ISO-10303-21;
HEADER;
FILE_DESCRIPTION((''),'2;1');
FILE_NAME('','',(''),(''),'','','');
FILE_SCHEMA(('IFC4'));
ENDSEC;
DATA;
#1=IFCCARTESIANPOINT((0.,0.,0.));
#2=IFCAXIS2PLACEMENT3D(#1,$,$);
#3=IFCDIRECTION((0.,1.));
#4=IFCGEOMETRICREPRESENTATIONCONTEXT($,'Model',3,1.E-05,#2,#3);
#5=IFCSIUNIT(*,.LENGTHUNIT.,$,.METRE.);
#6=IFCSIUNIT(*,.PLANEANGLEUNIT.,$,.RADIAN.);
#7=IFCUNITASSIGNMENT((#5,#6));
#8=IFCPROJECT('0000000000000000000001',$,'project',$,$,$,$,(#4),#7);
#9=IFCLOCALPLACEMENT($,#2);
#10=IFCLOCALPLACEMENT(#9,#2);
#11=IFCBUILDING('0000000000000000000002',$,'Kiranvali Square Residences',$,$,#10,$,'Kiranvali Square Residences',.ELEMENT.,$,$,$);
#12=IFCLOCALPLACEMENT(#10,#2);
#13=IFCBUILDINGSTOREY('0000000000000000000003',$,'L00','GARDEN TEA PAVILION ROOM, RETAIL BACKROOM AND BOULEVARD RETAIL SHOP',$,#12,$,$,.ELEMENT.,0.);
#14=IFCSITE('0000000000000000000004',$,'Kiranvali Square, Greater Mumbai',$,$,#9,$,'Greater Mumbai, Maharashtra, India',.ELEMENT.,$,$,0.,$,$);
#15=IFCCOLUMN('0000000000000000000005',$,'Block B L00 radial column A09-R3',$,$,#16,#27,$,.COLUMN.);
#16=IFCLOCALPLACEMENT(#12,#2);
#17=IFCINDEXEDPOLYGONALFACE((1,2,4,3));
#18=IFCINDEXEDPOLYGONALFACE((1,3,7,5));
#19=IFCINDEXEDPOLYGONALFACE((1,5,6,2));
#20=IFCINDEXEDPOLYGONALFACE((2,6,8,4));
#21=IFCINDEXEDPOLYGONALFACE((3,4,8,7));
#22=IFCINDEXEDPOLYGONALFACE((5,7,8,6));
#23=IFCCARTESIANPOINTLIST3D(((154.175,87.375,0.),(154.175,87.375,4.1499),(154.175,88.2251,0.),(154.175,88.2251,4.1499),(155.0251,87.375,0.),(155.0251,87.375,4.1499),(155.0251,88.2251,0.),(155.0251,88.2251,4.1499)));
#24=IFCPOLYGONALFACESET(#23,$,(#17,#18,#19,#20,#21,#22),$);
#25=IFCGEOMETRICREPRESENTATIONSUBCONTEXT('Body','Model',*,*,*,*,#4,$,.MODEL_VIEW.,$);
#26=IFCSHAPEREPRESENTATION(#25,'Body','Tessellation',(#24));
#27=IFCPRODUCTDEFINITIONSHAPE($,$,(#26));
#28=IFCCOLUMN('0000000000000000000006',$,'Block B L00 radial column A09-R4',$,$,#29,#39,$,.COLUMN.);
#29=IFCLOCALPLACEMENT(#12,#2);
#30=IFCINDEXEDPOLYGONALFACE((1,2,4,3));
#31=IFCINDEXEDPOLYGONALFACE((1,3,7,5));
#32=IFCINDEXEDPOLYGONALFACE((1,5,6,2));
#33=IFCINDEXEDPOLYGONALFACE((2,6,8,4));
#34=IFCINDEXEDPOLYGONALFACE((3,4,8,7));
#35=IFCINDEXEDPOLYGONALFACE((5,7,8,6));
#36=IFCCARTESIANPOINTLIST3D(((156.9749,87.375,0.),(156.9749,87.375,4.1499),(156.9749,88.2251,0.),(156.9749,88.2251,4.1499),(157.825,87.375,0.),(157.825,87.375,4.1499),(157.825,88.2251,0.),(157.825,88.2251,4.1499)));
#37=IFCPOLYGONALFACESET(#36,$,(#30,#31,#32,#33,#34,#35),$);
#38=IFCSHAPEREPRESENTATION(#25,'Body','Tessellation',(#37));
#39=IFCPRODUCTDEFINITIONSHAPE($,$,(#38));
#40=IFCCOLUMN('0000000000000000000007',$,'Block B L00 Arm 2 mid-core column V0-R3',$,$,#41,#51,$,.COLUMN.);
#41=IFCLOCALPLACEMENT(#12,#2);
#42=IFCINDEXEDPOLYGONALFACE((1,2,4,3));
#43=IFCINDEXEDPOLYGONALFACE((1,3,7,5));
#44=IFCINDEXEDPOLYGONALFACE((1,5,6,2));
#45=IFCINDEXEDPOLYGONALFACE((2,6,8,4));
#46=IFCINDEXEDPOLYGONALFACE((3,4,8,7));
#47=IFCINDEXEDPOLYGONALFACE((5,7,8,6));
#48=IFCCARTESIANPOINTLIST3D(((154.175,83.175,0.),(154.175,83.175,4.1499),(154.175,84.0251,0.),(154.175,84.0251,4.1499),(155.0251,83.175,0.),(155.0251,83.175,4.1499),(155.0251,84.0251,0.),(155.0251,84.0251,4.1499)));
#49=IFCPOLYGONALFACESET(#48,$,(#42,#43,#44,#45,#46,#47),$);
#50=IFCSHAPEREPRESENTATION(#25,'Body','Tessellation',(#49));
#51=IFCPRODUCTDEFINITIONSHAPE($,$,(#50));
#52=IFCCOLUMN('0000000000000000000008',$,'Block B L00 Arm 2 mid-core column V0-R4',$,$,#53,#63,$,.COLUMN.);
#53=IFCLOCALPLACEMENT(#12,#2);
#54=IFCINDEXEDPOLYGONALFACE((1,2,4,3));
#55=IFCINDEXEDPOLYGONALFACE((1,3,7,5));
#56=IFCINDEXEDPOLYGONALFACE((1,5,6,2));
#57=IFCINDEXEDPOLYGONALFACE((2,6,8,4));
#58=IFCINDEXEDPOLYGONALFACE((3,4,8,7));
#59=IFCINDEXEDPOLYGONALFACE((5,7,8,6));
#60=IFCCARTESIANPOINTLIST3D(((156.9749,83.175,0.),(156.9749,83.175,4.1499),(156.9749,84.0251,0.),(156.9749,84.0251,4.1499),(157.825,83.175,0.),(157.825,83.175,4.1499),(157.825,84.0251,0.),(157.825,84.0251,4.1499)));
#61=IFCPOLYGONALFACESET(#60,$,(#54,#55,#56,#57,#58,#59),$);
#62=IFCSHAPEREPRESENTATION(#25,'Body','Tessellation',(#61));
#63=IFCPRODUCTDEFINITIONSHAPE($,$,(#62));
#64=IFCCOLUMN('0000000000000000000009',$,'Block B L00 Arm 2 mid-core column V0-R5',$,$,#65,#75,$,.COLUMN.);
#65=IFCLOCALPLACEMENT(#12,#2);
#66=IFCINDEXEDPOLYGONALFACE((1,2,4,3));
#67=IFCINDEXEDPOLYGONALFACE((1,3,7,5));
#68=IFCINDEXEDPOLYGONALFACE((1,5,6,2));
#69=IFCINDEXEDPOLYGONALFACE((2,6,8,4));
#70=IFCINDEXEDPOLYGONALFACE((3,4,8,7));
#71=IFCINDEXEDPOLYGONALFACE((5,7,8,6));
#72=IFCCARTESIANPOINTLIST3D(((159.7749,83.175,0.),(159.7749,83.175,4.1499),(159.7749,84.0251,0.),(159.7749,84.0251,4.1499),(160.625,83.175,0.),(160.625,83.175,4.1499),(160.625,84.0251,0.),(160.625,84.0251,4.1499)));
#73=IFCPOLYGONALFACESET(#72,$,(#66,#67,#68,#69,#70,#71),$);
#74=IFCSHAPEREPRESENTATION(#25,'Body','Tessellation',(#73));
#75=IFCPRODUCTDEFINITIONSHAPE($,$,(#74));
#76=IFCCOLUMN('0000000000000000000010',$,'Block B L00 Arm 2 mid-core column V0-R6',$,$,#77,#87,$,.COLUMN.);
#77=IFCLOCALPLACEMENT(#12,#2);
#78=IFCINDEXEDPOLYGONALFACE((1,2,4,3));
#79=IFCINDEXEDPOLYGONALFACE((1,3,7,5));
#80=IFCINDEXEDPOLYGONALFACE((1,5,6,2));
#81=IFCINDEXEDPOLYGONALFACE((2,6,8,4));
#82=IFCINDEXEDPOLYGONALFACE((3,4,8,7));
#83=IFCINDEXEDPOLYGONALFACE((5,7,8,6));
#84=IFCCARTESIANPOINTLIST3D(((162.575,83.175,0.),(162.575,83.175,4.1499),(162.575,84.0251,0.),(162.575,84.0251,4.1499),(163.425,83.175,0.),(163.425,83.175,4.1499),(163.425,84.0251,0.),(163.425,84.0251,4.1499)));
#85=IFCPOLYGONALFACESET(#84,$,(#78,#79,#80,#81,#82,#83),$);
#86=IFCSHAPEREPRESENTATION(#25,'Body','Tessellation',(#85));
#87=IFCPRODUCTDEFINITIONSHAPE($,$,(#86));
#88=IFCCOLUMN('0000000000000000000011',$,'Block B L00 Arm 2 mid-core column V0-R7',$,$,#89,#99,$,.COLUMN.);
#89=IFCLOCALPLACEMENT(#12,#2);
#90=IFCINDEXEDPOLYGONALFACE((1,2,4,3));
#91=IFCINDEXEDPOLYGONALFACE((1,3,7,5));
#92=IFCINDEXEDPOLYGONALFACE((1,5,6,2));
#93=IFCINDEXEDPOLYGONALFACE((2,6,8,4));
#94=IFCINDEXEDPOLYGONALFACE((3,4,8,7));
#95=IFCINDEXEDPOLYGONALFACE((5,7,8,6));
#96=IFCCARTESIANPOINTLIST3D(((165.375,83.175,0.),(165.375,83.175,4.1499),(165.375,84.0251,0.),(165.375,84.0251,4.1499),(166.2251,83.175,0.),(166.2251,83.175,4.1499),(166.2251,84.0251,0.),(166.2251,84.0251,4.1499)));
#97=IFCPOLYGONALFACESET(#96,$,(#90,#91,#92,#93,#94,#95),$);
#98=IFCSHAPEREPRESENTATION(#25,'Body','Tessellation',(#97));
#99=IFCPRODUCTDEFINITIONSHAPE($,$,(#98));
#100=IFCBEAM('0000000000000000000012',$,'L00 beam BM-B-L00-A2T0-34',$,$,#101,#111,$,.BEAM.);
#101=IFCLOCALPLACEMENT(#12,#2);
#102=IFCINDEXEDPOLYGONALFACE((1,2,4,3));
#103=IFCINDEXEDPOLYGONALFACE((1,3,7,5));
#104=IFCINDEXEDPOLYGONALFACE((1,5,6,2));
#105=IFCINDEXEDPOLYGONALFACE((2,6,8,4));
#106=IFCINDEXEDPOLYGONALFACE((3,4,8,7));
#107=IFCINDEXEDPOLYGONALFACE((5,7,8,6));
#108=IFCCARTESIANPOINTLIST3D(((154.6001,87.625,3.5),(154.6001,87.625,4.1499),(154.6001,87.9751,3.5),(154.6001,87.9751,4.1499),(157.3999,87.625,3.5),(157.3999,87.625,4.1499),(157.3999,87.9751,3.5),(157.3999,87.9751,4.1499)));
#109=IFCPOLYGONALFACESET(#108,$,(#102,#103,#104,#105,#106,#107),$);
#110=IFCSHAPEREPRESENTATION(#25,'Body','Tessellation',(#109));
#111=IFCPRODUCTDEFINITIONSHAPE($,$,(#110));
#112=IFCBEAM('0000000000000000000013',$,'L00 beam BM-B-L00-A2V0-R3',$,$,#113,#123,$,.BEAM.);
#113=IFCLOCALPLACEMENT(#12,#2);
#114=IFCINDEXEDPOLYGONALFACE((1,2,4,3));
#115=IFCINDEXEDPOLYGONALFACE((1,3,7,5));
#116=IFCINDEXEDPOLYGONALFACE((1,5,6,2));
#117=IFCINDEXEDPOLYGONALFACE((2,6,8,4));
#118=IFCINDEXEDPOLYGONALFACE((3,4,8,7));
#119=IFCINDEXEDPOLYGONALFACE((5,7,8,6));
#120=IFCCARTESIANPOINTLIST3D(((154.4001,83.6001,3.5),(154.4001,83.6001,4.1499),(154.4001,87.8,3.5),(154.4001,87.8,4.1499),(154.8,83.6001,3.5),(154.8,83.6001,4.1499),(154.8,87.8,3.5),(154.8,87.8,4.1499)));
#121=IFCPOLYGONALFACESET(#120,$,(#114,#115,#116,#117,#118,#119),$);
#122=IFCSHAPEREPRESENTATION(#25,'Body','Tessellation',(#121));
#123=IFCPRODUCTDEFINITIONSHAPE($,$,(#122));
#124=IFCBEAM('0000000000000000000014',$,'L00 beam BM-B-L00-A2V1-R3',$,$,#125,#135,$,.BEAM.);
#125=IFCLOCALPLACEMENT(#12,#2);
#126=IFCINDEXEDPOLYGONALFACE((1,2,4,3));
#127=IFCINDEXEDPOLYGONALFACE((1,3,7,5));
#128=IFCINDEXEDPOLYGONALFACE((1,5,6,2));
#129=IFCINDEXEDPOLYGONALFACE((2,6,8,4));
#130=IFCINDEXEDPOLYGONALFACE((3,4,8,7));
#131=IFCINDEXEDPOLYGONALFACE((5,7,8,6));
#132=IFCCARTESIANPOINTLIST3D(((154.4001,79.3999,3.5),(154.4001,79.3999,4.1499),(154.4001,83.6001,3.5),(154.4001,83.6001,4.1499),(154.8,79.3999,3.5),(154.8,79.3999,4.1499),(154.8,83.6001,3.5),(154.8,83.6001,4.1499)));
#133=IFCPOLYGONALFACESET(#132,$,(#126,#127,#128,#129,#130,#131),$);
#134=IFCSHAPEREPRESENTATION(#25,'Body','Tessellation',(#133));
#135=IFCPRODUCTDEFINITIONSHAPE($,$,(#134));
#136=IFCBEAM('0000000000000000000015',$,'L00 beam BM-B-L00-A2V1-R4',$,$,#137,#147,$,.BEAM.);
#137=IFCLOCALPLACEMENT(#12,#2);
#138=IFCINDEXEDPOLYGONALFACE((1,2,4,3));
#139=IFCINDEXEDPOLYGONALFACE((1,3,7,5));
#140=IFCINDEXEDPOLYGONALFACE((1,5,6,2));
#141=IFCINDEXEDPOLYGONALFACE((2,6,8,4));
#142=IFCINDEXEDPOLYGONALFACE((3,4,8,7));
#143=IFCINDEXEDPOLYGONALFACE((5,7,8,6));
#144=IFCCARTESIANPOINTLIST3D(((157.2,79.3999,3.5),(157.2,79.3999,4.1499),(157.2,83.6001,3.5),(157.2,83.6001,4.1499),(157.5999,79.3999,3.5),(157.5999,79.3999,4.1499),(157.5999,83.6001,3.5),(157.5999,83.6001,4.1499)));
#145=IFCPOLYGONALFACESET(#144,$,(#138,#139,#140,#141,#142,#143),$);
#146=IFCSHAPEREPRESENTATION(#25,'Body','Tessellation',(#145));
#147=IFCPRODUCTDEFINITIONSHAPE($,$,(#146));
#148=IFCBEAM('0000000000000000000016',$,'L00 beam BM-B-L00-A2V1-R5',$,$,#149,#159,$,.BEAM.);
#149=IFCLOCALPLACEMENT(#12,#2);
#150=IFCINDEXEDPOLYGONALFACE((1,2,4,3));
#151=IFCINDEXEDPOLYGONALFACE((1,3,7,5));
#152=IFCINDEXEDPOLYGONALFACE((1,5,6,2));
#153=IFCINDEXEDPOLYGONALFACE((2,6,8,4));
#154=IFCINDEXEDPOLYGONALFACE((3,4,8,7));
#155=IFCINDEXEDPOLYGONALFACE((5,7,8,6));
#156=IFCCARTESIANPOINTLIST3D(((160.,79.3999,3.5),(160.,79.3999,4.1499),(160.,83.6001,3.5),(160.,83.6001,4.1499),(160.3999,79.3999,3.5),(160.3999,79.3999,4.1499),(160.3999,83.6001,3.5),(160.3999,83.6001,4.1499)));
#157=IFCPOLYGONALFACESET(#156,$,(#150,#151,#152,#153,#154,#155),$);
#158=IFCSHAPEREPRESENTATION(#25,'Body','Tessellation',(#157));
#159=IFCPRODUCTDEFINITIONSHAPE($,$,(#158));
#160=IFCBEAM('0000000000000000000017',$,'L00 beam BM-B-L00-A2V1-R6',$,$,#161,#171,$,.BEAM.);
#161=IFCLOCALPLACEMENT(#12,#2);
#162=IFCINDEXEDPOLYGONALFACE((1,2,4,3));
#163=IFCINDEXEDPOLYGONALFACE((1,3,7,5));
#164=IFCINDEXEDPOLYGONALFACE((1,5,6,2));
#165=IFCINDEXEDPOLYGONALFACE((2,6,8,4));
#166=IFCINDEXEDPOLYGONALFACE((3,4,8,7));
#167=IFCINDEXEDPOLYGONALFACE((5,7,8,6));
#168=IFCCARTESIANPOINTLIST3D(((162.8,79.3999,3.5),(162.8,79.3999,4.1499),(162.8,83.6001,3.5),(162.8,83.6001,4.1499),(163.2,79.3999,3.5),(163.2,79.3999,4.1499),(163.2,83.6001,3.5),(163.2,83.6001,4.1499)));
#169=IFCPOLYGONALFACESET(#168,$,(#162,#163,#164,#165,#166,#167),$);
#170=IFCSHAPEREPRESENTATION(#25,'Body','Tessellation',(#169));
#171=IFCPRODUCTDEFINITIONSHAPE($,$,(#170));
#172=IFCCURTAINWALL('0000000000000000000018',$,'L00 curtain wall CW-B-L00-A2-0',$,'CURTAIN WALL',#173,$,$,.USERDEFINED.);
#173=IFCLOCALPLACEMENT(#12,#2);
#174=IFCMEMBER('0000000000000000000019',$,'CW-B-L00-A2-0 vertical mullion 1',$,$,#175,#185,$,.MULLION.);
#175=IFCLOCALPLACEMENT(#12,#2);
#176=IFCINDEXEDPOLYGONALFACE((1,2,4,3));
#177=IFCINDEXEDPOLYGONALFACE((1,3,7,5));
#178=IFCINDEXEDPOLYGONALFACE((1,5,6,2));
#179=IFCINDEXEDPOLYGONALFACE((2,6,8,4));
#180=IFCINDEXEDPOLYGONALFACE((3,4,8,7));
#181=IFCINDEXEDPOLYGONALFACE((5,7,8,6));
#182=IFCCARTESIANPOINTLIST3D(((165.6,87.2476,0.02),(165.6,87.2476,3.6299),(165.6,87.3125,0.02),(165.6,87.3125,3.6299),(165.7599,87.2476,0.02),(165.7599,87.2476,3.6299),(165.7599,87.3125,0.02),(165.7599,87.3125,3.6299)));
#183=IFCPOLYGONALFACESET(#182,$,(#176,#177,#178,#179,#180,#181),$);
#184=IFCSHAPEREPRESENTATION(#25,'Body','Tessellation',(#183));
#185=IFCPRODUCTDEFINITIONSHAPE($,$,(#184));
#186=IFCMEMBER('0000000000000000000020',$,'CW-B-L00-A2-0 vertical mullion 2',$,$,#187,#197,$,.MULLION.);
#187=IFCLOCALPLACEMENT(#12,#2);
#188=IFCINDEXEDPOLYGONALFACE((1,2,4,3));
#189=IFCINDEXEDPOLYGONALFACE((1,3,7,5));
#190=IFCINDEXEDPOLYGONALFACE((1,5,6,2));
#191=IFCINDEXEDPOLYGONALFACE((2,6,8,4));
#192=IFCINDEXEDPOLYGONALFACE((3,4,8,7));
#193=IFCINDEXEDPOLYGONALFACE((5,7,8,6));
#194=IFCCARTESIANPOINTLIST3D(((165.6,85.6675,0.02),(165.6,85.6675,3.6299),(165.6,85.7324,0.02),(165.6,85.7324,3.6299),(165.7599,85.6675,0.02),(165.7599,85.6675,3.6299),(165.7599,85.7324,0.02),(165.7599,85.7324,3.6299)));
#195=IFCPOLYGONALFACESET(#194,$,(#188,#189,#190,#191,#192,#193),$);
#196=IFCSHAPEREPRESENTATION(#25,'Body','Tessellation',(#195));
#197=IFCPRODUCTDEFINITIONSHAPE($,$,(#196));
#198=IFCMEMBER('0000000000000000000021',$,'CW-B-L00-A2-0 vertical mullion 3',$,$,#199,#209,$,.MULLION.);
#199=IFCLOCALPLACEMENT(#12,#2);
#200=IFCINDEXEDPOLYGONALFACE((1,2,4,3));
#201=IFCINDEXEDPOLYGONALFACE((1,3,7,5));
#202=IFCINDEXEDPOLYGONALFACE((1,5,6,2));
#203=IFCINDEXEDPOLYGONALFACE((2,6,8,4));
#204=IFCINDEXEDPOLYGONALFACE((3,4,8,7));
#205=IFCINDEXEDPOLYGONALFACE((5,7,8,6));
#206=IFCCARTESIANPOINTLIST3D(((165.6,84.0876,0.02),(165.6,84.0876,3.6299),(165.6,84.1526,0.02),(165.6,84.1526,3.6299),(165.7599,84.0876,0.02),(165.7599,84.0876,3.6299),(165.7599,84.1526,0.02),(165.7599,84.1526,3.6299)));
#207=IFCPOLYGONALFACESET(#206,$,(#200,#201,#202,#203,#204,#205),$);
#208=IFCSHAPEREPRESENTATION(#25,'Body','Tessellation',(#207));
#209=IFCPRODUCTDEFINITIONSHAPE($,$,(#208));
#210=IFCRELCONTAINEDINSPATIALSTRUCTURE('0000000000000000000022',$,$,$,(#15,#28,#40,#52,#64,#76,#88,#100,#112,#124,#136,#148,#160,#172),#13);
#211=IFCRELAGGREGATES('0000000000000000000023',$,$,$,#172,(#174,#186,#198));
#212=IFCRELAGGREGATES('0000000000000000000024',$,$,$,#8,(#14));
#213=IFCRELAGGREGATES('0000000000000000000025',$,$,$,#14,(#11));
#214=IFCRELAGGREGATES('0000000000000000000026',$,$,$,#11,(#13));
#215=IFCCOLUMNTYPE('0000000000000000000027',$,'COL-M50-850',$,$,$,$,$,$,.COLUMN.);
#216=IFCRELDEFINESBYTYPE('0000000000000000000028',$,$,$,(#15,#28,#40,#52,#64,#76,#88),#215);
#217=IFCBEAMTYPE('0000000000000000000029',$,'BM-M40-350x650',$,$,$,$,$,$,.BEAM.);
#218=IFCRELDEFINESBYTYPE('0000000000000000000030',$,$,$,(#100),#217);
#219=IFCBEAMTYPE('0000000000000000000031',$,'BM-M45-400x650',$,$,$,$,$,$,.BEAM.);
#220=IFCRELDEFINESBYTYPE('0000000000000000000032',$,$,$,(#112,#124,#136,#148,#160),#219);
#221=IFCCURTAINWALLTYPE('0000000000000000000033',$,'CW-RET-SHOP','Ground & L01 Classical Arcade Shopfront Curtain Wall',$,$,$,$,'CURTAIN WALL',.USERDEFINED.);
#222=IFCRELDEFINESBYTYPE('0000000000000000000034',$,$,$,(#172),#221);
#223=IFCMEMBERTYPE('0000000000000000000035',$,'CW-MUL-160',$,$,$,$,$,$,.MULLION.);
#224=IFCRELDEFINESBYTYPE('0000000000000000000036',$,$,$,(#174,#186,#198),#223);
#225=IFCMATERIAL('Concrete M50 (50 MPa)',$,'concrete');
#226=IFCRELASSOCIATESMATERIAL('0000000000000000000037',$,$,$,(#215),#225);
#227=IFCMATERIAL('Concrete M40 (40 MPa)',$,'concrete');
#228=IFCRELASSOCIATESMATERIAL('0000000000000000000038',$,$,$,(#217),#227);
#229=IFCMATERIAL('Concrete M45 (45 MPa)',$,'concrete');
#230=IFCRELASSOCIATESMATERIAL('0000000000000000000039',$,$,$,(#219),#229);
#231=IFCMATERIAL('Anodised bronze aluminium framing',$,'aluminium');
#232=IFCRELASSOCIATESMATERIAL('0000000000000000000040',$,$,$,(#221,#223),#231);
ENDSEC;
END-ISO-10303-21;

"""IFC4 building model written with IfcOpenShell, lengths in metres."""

from ifc_helpers import new_model, si_unit, direction, frame, origin, origin_2d, place, context, subcontext, project, spatial, rectangle, extrude, material, material_profile, profile_set, type_object, element, aggregate, save


model = new_model("IFC4")

# Units and contexts
model_context = context("Model", 3, precision=1e-05, world=origin(), true_north=direction((0.0, 1.0)))
body_context = subcontext(model_context, "Body", "Model", "MODEL_VIEW")
ifc_project = project(units=[si_unit("LENGTHUNIT", "METRE"), si_unit("PLANEANGLEUNIT", "RADIAN")], contexts=[model_context])

# Site, building, storey
site_placement = place(None, origin())
site = spatial("IfcSite", under=ifc_project, at=site_placement, Name="Kiranvali Square, Greater Mumbai", LongName="Greater Mumbai, Maharashtra, India", CompositionType="ELEMENT", RefElevation=0.0)
building_placement = place(site_placement, origin())
building = spatial("IfcBuilding", under=site, at=building_placement, Name="Kiranvali Square Residences", LongName="Kiranvali Square Residences", CompositionType="ELEMENT")
storey_placement = place(building_placement, origin())
storey = spatial("IfcBuildingStorey", under=building, at=storey_placement, Name="L00", Description="GARDEN TEA PAVILION ROOM, RETAIL BACKROOM AND BOULEVARD RETAIL SHOP", CompositionType="ELEMENT", Elevation=0.0)

# Columns
ifc_material_1 = material(Name="Concrete M50 (50 MPa)", Category="concrete")
ifc_material_profile_1 = material_profile(ifc_material_1, rectangle(XDim=0.8501, YDim=0.8501, at=origin_2d()), Name="RC 850x850")
ifc_profile_set_1 = profile_set([ifc_material_profile_1], Name="Concrete M50 (50 MPa)")
column_type = type_object("IfcColumnType", Name="COL-M50-850", PredefinedType="COLUMN", material=ifc_profile_set_1)
for number, where, z_axis, x_axis, name in (
    (1, (154.6001, 87.8, 0.0), (0.0, 0.0, 1.0), (0.0, 1.0, 0.0), "Block B L00 radial column A09-R3"),
    (2, (157.3999, 87.8, 0.0), (0.0, 0.0, 1.0), (0.0, 1.0, 0.0), "Block B L00 radial column A09-R4"),
    (3, (154.6001, 83.6001, 0.0), (0.0, 0.0, 1.0), (1.0, 0.0, 0.0), "Block B L00 Arm 2 mid-core column V0-R3"),
    (4, (157.3999, 83.6001, 0.0), (0.0, 0.0, 1.0), (1.0, 0.0, 0.0), "Block B L00 Arm 2 mid-core column V0-R4"),
    (5, (160.2, 83.6001, 0.0), (0.0, 0.0, 1.0), (1.0, 0.0, 0.0), "Block B L00 Arm 2 mid-core column V0-R5"),
    (6, (163.0, 83.6001, 0.0), (0.0, 0.0, 1.0), (1.0, 0.0, 0.0), "Block B L00 Arm 2 mid-core column V0-R6"),
    (7, (165.8, 83.6001, 0.0), (0.0, 0.0, 1.0), (1.0, 0.0, 0.0), "Block B L00 Arm 2 mid-core column V0-R7"),
):
    element("IfcColumn", number, at=place(storey_placement, frame(where, z_axis=z_axis, x_axis=x_axis)), inside=storey, type_object=column_type, Name=name, PredefinedType="COLUMN", context=body_context, shape_type="SweptSolid", body=[
        extrude(rectangle(XDim=0.8501, YDim=0.8501, at=origin_2d()), origin(), (0.0, 0.0, 1.0), 4.1499),
    ])

# Beams
ifc_material_2 = material(Name="Concrete M40 (40 MPa)", Category="concrete")
ifc_material_profile_2 = material_profile(ifc_material_2, rectangle(XDim=0.3501, YDim=0.6499, at=origin_2d()), Name="RC 350x650")
ifc_profile_set_2 = profile_set([ifc_material_profile_2], Name="Concrete M40 (40 MPa)")
beam_type_1 = type_object("IfcBeamType", Name="BM-M40-350x650", PredefinedType="BEAM", material=ifc_profile_set_2)
beam_1_placement = place(storey_placement, frame((154.6001, 87.8, 3.825), z_axis=(1.0, 0.0, 0.0), x_axis=(0.0, 1.0, 0.0)))
element("IfcBeam", 8, at=beam_1_placement, inside=storey, type_object=beam_type_1, Name="L00 beam BM-B-L00-A2T0-34", PredefinedType="BEAM", context=body_context, shape_type="SweptSolid", body=[
    extrude(rectangle(XDim=0.3501, YDim=0.6499, at=origin_2d()), origin(), (0.0, 0.0, 1.0), 2.7998),
])
ifc_material_3 = material(Name="Concrete M45 (45 MPa)", Category="concrete")
ifc_material_profile_3 = material_profile(ifc_material_3, rectangle(XDim=0.3999, YDim=0.6499, at=origin_2d()), Name="RC 400x650")
ifc_profile_set_3 = profile_set([ifc_material_profile_3], Name="Concrete M45 (45 MPa)")
beam_type_2 = type_object("IfcBeamType", Name="BM-M45-400x650", PredefinedType="BEAM", material=ifc_profile_set_3)
beam_2_placement = place(storey_placement, frame((154.6001, 87.8, 3.825), z_axis=(0.0, -1.0, 0.0), x_axis=(1.0, 0.0, 0.0)))
element("IfcBeam", 9, at=beam_2_placement, inside=storey, type_object=beam_type_2, Name="L00 beam BM-B-L00-A2V0-R3", PredefinedType="BEAM", context=body_context, shape_type="SweptSolid", body=[
    extrude(rectangle(XDim=0.3999, YDim=0.6499, at=origin_2d()), origin(), (0.0, 0.0, 1.0), 4.2),
])
for number, where, z_axis, x_axis, name in (
    (10, (154.6001, 83.6001, 3.825), (0.0, -1.0, 0.0), (1.0, 0.0, 0.0), "L00 beam BM-B-L00-A2V1-R3"),
    (11, (157.3999, 83.6001, 3.825), (0.0, -1.0, 0.0), (1.0, 0.0, 0.0), "L00 beam BM-B-L00-A2V1-R4"),
    (12, (160.2, 83.6001, 3.825), (0.0, -1.0, 0.0), (1.0, 0.0, 0.0), "L00 beam BM-B-L00-A2V1-R5"),
    (13, (163.0, 83.6001, 3.825), (0.0, -1.0, 0.0), (1.0, 0.0, 0.0), "L00 beam BM-B-L00-A2V1-R6"),
):
    element("IfcBeam", number, at=place(storey_placement, frame(where, z_axis=z_axis, x_axis=x_axis)), inside=storey, type_object=beam_type_2, Name=name, PredefinedType="BEAM", context=body_context, shape_type="SweptSolid", body=[
        extrude(rectangle(XDim=0.3999, YDim=0.6499, at=origin_2d()), origin(), (0.0, 0.0, 1.0), 4.2002),
    ])

# Curtain wall, members
ifc_material_4 = material(Name="Anodised bronze aluminium framing", Category="aluminium")
curtain_wall_type = type_object("IfcCurtainWallType", Name="CW-RET-SHOP", Description="Ground & L01 Classical Arcade Shopfront Curtain Wall", ElementType="CURTAIN WALL", PredefinedType="USERDEFINED", material=ifc_material_4)
curtain_wall_1_placement = place(storey_placement, origin())
curtain_wall_1 = element("IfcCurtainWall", 14, at=curtain_wall_1_placement, inside=storey, type_object=curtain_wall_type, Name="L00 curtain wall CW-B-L00-A2-0", ObjectType="CURTAIN WALL", PredefinedType="USERDEFINED")
ifc_material_profile_4 = material_profile(ifc_material_4, rectangle(XDim=0.0649, YDim=0.1599, at=origin_2d()), Name="ALU 65x160")
ifc_profile_set_4 = profile_set([ifc_material_profile_4], Name="Anodised bronze aluminium framing")
member_type_1 = type_object("IfcMemberType", Name="CW-MUL-160", PredefinedType="MULLION", material=ifc_profile_set_4)
member_1_placement = place(storey_placement, frame((165.6799, 87.28, 0.02), z_axis=(0.0, 0.0, 1.0), x_axis=(0.0, -1.0, 0.0)))
member_1 = element("IfcMember", 15, at=member_1_placement, type_object=member_type_1, Name="CW-B-L00-A2-0 vertical mullion 1", PredefinedType="MULLION", context=body_context, shape_type="SweptSolid", body=[
    extrude(rectangle(XDim=0.0649, YDim=0.1599, at=origin_2d()), origin(), (0.0, 0.0, 1.0), 3.6099),
])
member_2_placement = place(storey_placement, frame((165.6799, 85.7, 0.02), z_axis=(0.0, 0.0, 1.0), x_axis=(0.0, -1.0, 0.0)))
member_2 = element("IfcMember", 16, at=member_2_placement, type_object=member_type_1, Name="CW-B-L00-A2-0 vertical mullion 2", PredefinedType="MULLION", context=body_context, shape_type="SweptSolid", body=[
    extrude(rectangle(XDim=0.0649, YDim=0.1599, at=origin_2d()), origin(), (0.0, 0.0, 1.0), 3.6099),
])
member_3_placement = place(storey_placement, frame((165.6799, 84.1201, 0.02), z_axis=(0.0, 0.0, 1.0), x_axis=(0.0, -1.0, 0.0)))
member_3 = element("IfcMember", 17, at=member_3_placement, type_object=member_type_1, Name="CW-B-L00-A2-0 vertical mullion 3", PredefinedType="MULLION", context=body_context, shape_type="SweptSolid", body=[
    extrude(rectangle(XDim=0.0649, YDim=0.1599, at=origin_2d()), origin(), (0.0, 0.0, 1.0), 3.6099),
])

aggregate(curtain_wall_1, [member_1, member_2, member_3])

save(model, "model.ifc")
